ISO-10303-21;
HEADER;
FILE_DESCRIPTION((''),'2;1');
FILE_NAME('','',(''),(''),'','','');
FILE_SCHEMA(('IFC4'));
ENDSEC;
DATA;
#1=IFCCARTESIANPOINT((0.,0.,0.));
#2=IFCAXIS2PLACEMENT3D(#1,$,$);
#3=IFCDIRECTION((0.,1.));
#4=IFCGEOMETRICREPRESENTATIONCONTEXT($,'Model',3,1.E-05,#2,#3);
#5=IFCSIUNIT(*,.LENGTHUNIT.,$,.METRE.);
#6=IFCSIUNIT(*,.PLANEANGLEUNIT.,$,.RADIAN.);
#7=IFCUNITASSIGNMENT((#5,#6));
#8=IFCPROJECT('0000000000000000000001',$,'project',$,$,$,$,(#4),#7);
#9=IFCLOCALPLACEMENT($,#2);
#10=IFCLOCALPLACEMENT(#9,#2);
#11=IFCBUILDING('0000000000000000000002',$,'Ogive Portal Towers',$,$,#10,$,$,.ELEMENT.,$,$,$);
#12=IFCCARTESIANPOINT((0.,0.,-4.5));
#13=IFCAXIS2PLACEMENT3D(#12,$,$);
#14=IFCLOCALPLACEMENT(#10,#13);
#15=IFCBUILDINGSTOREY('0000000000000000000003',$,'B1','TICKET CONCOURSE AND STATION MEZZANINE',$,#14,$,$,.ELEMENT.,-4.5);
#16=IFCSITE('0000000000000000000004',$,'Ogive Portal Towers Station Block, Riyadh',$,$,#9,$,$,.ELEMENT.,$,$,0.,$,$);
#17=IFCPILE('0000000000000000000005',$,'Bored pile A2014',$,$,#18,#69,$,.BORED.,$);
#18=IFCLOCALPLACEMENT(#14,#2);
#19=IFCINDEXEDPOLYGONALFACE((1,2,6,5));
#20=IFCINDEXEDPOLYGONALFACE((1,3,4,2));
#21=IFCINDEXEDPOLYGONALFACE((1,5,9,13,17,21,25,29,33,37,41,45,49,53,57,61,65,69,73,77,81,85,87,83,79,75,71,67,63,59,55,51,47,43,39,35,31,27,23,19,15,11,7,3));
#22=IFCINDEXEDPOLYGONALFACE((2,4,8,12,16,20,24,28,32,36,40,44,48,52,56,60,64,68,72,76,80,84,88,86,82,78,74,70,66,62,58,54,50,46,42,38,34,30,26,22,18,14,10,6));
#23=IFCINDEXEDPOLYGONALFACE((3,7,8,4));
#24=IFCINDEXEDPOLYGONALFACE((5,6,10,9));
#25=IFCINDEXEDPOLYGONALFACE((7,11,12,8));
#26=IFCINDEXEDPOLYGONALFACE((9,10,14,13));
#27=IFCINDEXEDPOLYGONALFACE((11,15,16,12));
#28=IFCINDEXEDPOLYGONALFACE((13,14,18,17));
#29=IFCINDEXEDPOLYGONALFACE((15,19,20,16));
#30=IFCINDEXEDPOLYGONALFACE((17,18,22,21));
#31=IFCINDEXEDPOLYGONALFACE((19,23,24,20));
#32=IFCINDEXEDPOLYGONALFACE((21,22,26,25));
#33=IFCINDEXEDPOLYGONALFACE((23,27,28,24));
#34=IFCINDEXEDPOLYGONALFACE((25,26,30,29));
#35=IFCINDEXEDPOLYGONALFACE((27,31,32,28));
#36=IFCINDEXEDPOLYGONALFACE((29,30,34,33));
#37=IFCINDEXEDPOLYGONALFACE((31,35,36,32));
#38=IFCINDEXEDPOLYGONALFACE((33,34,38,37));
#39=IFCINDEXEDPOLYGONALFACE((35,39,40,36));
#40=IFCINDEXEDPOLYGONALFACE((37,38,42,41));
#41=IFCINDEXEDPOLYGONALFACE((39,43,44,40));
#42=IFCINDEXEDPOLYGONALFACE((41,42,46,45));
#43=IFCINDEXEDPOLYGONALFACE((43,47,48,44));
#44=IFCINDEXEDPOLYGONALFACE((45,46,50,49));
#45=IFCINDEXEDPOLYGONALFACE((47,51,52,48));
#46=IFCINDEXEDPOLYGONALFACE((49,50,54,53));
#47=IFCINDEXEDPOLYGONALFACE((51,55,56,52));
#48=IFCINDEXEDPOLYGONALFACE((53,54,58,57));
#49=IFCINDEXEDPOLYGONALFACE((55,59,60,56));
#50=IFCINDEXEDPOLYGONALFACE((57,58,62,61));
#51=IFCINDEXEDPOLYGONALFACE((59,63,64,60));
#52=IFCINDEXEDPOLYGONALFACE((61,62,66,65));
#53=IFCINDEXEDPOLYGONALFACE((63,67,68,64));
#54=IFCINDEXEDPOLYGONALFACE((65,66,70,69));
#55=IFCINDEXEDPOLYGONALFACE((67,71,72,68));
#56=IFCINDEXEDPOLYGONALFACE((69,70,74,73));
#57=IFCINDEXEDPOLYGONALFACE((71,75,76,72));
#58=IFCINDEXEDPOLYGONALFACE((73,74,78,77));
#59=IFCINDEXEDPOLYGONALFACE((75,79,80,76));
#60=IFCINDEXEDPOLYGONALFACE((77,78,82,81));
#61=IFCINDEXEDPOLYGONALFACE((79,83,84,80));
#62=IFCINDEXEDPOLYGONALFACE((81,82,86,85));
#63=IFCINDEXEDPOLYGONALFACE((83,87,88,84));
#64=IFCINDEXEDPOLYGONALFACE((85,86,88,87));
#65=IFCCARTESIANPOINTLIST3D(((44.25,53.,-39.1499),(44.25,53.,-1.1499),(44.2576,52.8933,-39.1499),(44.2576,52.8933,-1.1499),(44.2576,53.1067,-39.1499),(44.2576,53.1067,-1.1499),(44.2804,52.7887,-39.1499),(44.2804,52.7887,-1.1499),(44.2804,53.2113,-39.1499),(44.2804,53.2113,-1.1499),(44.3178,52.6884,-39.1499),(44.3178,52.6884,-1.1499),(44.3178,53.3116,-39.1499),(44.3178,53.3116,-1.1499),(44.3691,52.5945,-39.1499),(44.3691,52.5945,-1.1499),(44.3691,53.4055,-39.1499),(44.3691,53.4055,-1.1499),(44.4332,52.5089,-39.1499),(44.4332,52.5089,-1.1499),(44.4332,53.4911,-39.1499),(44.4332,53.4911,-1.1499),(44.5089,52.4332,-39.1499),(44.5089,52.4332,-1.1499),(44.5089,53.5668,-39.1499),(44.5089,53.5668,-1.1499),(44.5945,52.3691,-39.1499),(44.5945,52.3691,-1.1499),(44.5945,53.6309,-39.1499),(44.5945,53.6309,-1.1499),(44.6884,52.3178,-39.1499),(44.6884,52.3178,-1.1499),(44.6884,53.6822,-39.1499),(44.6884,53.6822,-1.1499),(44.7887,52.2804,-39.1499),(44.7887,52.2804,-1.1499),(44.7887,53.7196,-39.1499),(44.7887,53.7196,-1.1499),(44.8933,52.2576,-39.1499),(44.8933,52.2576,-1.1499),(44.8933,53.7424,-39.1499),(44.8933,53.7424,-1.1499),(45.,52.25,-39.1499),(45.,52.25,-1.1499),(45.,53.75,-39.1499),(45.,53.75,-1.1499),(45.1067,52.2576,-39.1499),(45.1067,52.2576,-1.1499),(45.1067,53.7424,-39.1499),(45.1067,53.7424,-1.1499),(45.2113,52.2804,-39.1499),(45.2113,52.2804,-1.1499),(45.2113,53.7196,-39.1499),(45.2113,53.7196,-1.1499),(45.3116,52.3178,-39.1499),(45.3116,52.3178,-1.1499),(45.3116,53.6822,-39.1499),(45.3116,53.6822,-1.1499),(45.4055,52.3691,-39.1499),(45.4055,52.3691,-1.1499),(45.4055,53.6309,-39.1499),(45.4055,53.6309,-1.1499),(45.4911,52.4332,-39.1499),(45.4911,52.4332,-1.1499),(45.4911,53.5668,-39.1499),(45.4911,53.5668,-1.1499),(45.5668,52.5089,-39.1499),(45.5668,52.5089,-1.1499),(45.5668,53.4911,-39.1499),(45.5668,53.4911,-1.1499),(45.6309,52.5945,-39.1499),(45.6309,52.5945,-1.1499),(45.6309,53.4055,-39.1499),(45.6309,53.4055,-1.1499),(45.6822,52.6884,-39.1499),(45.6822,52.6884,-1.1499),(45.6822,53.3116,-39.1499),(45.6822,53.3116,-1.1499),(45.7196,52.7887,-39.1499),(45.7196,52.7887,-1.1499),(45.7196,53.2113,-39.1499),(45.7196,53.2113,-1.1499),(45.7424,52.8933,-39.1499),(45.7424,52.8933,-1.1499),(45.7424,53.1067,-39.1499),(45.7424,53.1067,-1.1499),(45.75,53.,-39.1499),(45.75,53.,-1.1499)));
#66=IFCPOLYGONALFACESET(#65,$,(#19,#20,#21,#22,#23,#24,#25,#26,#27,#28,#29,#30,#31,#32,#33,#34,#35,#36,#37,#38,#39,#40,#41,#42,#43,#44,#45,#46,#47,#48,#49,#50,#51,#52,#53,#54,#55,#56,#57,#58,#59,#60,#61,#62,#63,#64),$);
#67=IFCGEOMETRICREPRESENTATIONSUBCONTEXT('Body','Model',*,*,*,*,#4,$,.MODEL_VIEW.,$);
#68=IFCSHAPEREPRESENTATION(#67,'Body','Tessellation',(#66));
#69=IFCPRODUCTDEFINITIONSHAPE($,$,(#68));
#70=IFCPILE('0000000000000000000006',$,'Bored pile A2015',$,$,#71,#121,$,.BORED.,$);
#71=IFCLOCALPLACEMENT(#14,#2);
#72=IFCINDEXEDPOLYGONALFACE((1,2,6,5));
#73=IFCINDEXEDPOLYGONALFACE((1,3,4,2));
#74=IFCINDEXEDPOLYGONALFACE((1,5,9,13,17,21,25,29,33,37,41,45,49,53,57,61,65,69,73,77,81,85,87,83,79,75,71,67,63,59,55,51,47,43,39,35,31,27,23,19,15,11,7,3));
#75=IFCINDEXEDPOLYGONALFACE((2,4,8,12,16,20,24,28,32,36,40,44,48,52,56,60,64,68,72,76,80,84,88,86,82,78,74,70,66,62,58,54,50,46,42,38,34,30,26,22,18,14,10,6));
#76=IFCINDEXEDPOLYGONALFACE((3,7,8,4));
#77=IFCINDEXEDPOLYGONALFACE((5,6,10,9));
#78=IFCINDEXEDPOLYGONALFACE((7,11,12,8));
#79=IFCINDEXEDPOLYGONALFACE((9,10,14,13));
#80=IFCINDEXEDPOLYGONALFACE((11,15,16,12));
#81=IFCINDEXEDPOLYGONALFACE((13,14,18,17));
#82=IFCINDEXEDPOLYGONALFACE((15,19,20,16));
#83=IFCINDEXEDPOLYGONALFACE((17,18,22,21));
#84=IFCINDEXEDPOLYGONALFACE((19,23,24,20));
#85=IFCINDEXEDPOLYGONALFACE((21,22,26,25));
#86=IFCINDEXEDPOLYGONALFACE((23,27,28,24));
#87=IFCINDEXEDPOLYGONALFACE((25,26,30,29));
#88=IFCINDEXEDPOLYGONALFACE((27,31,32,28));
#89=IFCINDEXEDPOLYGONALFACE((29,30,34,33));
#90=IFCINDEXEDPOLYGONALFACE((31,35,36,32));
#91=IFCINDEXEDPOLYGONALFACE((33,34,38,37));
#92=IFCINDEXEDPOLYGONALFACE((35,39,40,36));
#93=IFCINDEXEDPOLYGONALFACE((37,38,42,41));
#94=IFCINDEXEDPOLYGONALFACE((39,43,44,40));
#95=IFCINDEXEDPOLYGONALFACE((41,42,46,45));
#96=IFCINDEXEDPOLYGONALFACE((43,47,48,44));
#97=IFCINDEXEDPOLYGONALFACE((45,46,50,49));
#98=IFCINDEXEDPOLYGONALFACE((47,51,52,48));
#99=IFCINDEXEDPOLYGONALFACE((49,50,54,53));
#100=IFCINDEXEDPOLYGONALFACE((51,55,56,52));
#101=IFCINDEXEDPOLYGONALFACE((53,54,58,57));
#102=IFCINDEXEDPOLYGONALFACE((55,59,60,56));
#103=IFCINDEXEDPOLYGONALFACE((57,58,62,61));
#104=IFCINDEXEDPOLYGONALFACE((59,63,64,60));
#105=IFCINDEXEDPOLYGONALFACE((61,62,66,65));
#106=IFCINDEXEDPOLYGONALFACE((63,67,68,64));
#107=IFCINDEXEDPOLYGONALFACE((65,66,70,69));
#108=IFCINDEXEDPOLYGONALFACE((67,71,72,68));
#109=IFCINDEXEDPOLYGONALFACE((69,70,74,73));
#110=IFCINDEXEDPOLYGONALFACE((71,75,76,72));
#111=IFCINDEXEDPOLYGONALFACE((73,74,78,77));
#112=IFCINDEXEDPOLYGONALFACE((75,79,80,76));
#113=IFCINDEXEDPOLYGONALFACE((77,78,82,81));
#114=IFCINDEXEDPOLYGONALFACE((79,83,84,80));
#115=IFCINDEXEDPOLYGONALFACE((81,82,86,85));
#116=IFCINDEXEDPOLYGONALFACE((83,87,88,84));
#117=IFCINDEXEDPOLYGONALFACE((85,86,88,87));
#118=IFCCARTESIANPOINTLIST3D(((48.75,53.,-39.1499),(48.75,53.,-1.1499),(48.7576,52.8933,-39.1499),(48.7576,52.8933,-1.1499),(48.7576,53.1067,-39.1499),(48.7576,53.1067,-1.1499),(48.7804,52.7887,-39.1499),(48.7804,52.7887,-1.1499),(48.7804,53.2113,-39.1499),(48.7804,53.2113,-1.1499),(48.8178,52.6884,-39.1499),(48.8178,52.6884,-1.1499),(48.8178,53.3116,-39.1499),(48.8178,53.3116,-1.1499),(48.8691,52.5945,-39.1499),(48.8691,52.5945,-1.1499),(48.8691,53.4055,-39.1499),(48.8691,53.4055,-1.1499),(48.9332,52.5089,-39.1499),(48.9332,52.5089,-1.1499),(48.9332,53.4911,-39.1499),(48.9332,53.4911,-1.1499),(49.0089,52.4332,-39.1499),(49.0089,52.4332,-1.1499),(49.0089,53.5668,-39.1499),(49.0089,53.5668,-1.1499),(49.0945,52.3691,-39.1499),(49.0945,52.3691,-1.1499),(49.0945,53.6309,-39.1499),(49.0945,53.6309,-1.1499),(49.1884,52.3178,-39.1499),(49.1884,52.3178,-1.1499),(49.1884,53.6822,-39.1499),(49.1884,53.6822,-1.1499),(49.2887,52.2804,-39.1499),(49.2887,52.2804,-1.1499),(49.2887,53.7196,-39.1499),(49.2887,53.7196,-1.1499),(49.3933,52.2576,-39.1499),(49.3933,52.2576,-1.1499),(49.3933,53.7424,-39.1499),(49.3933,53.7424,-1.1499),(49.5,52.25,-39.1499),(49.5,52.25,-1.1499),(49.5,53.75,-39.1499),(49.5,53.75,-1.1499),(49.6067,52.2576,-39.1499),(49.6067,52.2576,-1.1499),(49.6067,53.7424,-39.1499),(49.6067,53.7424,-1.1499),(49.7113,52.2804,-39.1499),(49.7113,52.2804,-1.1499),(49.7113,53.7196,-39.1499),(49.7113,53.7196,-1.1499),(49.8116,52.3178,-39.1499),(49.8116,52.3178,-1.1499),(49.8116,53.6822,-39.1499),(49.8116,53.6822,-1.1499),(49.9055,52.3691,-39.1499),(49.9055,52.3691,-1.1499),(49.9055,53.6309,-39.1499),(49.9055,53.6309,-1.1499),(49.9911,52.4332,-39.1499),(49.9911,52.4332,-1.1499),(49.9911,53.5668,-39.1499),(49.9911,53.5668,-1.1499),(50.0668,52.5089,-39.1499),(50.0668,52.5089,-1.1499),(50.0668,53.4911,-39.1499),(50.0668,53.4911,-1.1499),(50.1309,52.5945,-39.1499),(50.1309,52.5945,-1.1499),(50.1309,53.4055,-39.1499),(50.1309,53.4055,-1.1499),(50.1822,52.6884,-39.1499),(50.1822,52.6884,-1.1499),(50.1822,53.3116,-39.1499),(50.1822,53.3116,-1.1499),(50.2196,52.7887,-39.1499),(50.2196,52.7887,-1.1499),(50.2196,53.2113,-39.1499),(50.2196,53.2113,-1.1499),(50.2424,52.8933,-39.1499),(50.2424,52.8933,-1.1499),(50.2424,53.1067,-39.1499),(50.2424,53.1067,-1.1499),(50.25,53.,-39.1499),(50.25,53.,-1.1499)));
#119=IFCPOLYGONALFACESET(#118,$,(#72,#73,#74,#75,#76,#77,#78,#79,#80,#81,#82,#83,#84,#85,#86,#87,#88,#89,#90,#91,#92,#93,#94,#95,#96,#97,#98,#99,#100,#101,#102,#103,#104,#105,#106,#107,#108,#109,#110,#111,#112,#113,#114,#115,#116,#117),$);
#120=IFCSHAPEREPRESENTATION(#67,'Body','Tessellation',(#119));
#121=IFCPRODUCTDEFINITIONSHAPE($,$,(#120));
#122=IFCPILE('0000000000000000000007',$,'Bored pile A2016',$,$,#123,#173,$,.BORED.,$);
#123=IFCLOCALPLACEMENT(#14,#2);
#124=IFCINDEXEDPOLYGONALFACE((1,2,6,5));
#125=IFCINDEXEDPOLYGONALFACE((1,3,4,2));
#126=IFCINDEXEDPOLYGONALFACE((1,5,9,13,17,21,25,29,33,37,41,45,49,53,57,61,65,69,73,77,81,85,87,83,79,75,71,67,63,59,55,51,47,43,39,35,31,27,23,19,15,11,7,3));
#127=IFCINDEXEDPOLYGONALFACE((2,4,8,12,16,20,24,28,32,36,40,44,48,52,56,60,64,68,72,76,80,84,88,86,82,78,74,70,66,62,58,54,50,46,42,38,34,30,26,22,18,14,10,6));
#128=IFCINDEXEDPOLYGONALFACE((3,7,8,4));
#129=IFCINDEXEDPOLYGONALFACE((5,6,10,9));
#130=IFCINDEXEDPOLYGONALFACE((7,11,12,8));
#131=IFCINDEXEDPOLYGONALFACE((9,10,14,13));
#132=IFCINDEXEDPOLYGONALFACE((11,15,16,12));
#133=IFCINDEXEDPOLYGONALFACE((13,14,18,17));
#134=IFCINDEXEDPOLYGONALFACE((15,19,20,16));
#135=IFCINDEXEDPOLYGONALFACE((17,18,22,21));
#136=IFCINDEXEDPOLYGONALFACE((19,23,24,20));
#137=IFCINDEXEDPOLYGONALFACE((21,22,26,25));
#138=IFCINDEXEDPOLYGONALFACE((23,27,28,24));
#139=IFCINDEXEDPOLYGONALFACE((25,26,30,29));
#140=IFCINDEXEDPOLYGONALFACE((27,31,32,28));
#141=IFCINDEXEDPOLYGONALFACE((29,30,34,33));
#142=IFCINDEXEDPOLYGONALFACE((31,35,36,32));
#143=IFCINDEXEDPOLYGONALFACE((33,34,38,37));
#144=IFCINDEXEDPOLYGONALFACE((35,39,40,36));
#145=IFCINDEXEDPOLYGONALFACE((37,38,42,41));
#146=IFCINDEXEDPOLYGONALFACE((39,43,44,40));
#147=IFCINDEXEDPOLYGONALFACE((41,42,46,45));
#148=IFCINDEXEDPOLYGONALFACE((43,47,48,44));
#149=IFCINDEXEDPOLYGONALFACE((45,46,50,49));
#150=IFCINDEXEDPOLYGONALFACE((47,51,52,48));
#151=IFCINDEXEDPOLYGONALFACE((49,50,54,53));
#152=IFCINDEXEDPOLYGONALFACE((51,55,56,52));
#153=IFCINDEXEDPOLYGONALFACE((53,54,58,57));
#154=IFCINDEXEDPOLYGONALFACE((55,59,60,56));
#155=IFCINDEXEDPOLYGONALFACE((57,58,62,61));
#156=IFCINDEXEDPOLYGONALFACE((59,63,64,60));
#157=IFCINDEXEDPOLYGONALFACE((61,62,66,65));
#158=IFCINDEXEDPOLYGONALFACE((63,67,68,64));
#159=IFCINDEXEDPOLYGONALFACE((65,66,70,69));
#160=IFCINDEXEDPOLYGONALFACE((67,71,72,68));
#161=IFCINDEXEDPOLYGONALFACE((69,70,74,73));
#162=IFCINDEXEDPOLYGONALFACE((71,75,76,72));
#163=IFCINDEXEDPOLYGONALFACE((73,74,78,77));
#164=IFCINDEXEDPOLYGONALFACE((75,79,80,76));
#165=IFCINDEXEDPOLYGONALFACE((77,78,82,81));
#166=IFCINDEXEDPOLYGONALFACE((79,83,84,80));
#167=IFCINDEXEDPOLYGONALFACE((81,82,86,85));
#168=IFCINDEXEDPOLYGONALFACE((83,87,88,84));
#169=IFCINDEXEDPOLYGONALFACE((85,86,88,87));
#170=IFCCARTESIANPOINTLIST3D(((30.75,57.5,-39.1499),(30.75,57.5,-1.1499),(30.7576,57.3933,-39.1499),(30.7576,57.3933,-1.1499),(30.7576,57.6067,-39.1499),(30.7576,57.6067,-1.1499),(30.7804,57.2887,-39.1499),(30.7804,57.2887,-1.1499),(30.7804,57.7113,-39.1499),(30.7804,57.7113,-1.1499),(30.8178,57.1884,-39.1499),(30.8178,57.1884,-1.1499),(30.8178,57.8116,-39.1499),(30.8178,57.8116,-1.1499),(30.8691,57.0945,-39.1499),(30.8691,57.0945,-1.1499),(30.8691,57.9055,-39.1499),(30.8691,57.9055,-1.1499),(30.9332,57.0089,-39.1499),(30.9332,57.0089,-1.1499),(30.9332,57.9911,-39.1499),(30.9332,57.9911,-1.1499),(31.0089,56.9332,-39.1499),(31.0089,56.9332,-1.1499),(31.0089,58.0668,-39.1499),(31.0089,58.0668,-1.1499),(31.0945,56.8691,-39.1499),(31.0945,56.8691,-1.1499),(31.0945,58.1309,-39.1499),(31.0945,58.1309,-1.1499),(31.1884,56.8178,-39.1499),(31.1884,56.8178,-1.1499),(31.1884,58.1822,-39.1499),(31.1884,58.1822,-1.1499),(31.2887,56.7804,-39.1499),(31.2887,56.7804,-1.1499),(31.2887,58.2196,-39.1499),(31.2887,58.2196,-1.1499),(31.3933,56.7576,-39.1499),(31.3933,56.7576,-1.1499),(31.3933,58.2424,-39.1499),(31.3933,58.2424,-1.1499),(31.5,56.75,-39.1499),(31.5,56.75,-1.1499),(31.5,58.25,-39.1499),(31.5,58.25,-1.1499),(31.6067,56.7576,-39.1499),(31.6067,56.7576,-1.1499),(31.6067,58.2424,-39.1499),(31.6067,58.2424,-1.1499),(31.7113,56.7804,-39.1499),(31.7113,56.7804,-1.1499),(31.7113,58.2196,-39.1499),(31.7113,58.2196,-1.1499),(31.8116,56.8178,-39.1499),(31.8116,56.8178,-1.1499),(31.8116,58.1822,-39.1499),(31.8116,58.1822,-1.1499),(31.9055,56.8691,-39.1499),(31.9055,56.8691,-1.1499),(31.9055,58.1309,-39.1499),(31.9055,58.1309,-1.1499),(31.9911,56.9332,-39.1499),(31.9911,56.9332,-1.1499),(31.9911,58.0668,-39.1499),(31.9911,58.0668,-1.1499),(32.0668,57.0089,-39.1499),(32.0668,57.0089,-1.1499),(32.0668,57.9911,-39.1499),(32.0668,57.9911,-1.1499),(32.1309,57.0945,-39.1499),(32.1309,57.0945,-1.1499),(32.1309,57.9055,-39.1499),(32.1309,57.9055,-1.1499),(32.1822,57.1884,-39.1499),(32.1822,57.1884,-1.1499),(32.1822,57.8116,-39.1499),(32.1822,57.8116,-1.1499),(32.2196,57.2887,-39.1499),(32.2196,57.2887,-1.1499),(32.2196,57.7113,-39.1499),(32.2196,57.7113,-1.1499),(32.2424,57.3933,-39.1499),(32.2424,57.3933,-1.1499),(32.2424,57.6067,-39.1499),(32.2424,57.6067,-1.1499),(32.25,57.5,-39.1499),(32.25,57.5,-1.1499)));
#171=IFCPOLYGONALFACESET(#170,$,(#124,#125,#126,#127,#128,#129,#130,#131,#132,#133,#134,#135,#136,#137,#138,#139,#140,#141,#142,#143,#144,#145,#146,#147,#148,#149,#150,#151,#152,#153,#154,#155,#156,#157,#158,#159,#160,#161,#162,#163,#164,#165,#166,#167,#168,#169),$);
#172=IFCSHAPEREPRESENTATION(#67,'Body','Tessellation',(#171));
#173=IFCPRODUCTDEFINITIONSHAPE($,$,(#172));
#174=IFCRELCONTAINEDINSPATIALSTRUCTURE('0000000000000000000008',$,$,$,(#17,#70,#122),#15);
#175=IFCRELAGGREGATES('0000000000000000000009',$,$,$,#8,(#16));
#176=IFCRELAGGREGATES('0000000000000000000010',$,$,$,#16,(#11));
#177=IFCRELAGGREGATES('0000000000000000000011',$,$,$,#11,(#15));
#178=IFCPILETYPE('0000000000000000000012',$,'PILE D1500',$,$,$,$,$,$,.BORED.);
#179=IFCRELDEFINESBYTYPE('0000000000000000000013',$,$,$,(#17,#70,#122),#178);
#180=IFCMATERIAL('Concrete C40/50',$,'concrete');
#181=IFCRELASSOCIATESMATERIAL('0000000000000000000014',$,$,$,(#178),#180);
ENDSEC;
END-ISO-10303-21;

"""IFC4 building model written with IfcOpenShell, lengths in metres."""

from ifc_helpers import new_model, si_unit, direction, frame, origin, origin_2d, place, context, subcontext, project, spatial, circle, extrude, material, material_profile, profile_set, type_object, element, save


model = new_model("IFC4")

# Units and contexts
model_context = context("Model", 3, precision=1e-05, world=origin(), true_north=direction((0.0, 1.0)))
body_context = subcontext(model_context, "Body", "Model", "MODEL_VIEW")
ifc_project = project(units=[si_unit("LENGTHUNIT", "METRE"), si_unit("PLANEANGLEUNIT", "RADIAN")], contexts=[model_context])

# Site, building, storey
site_placement = place(None, origin())
site = spatial("IfcSite", under=ifc_project, at=site_placement, Name="Ogive Portal Towers Station Block, Riyadh", CompositionType="ELEMENT", RefElevation=0.0)
building_placement = place(site_placement, origin())
building = spatial("IfcBuilding", under=site, at=building_placement, Name="Ogive Portal Towers", CompositionType="ELEMENT")
storey_placement = place(building_placement, frame((0.0, 0.0, -4.5)))
storey = spatial("IfcBuildingStorey", under=building, at=storey_placement, Name="B1", Description="TICKET CONCOURSE AND STATION MEZZANINE", CompositionType="ELEMENT", Elevation=-4.5)

# Piles
ifc_material_1 = material(Name="Concrete C40/50", Category="concrete")
ifc_material_profile_1 = material_profile(ifc_material_1, circle(Radius=0.75, at=origin_2d()), Name="PILE D1500")
ifc_profile_set_1 = profile_set([ifc_material_profile_1], Name="Concrete C40/50")
pile_type = type_object("IfcPileType", Name="PILE D1500", PredefinedType="BORED", material=ifc_profile_set_1)
for number, where, z_axis, x_axis, name in (
    (1, (45.0, 53.0, -1.1499), (0.0, 0.0, -1.0), (1.0, 0.0, 0.0), "Bored pile A2014"),
    (2, (49.5, 53.0, -1.1499), (0.0, 0.0, -1.0), (1.0, 0.0, 0.0), "Bored pile A2015"),
    (3, (31.5, 57.5, -1.1499), (0.0, 0.0, -1.0), (1.0, 0.0, 0.0), "Bored pile A2016"),
):
    element("IfcPile", number, at=place(storey_placement, frame(where, z_axis=z_axis, x_axis=x_axis)), inside=storey, type_object=pile_type, Name=name, PredefinedType="BORED", context=body_context, shape_type="SweptSolid", body=[
        extrude(circle(Radius=0.75, at=origin_2d()), origin(), (0.0, 0.0, 1.0), 38.0),
    ])

save(model, "model.ifc")
